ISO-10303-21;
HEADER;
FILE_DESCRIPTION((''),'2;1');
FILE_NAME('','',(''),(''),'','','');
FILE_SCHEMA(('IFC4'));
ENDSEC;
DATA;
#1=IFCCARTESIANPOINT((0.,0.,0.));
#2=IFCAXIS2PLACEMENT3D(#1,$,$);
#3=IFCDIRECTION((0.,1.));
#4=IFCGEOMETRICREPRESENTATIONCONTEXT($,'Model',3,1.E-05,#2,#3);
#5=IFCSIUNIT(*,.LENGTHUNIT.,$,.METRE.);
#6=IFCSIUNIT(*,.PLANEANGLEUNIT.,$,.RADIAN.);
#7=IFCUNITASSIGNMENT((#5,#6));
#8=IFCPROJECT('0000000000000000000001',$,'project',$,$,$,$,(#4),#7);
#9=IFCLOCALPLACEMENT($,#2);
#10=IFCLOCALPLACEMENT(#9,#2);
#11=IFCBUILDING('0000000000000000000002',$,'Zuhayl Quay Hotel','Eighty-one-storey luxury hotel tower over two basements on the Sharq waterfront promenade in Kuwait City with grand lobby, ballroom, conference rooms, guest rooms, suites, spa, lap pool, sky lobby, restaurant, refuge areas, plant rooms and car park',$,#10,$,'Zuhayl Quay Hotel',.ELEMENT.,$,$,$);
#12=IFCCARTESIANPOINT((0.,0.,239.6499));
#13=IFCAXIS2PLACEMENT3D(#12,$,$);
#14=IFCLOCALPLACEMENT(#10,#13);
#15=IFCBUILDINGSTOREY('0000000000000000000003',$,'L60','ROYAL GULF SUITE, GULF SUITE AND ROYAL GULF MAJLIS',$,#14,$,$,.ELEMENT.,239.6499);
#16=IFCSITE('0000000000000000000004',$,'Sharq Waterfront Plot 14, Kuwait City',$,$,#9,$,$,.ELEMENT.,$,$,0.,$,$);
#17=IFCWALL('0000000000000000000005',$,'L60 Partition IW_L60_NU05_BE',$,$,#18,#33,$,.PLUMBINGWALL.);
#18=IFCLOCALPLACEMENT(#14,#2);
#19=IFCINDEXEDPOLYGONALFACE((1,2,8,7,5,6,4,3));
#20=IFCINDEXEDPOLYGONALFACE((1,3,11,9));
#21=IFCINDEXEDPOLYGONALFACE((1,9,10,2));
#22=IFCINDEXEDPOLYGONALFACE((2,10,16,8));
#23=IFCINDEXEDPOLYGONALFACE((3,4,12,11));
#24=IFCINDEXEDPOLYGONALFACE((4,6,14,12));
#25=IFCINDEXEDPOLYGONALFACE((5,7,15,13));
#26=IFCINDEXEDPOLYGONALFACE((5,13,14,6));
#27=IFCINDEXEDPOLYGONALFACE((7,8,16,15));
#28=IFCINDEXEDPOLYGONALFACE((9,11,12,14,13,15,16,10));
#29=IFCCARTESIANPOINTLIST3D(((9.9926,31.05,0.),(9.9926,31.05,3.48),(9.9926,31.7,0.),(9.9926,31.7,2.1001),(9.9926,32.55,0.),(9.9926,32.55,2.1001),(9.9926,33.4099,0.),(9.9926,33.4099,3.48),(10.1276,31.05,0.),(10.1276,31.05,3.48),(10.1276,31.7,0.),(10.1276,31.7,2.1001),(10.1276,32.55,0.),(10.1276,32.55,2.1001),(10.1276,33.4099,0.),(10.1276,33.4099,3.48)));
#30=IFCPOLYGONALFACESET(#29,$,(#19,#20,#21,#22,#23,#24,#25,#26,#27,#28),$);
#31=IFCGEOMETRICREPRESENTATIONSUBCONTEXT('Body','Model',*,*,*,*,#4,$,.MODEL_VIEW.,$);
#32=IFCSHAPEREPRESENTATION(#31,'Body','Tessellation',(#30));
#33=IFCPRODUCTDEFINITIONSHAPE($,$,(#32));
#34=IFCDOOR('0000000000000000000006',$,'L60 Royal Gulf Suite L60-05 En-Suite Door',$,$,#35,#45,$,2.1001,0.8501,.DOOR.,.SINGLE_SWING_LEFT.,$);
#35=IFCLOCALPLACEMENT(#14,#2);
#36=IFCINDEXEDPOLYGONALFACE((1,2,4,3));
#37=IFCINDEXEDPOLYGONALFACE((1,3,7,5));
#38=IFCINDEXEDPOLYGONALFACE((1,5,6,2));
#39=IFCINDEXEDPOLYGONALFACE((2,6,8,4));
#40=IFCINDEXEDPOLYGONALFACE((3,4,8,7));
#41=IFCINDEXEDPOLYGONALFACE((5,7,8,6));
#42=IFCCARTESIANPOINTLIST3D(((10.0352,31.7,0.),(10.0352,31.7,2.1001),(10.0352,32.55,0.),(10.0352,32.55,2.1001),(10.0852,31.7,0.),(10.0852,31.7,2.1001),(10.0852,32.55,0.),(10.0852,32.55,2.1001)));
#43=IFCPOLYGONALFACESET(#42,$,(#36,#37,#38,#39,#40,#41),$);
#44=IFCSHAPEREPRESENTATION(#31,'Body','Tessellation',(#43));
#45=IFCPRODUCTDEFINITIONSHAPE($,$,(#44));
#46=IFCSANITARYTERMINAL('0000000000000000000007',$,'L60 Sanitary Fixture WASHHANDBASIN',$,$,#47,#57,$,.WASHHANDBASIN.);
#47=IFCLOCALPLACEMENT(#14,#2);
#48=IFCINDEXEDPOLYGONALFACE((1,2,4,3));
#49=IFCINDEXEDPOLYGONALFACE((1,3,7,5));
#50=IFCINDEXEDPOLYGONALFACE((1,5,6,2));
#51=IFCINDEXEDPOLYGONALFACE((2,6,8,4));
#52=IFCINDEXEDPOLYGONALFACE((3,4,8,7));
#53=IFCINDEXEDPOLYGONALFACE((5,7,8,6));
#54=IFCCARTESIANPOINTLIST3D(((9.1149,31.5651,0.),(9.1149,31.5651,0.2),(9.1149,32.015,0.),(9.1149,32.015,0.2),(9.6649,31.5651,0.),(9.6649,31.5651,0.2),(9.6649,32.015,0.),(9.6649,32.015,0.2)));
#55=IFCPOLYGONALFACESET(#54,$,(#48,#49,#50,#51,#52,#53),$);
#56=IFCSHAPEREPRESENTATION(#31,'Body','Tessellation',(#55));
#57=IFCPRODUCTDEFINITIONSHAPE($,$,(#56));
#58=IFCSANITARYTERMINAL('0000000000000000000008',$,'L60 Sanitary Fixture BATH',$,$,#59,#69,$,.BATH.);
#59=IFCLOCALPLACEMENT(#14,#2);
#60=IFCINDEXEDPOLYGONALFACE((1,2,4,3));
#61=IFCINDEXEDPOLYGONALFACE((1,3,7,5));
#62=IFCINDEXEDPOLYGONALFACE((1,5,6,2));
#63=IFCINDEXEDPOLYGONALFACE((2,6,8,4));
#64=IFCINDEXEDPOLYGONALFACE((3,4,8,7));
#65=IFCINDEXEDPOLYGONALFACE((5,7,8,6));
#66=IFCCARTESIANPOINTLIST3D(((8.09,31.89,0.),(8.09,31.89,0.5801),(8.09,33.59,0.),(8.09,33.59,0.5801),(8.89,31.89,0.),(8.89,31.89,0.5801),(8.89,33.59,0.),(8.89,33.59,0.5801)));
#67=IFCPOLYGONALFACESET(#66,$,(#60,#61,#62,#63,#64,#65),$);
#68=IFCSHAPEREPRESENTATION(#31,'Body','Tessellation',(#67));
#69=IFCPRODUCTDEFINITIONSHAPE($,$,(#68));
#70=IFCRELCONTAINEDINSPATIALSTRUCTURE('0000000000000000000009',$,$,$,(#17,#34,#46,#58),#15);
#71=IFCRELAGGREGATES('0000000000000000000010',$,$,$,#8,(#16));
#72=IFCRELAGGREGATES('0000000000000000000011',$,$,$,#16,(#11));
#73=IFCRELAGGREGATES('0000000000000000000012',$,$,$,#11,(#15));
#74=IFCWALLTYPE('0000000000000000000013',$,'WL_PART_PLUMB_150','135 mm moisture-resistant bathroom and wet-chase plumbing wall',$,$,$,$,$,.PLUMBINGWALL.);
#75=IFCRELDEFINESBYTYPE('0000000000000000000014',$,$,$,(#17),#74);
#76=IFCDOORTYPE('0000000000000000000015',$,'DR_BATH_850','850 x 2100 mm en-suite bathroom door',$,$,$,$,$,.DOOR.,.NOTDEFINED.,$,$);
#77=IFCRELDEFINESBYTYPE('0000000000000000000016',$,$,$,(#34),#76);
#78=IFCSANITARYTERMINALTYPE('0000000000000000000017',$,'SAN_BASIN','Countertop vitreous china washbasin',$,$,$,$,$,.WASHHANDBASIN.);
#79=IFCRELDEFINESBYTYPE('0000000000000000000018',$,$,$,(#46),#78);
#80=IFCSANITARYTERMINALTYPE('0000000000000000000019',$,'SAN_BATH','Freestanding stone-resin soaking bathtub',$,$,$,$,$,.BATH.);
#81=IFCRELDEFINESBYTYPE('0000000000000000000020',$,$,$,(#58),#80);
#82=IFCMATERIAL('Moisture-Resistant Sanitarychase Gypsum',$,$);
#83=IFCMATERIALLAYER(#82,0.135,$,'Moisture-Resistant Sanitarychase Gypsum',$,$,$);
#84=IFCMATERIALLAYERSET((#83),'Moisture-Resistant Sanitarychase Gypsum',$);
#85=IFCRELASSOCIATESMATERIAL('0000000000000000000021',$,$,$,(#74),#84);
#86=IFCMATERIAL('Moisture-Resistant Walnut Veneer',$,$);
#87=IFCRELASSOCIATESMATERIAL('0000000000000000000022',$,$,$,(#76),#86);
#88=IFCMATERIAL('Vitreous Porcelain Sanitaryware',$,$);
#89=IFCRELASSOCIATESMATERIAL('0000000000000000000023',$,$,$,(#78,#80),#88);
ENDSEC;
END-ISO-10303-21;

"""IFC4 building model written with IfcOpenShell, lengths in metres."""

from ifc_helpers import new_model, si_unit, direction, frame, frame_2d, origin, origin_2d, place, context, subcontext, project, spatial, rectangle, extrude, material, layer, layer_set, type_object, element, fill, save


model = new_model("IFC4")

# Units and contexts
model_context = context("Model", 3, precision=1e-05, world=origin(), true_north=direction((0.0, 1.0)))
body_context = subcontext(model_context, "Body", "Model", "MODEL_VIEW")
ifc_project = project(units=[si_unit("LENGTHUNIT", "METRE"), si_unit("PLANEANGLEUNIT", "RADIAN")], contexts=[model_context])

# Site, building, storey
site_placement = place(None, origin())
site = spatial("IfcSite", under=ifc_project, at=site_placement, Name="Sharq Waterfront Plot 14, Kuwait City", CompositionType="ELEMENT", RefElevation=0.0)
building_placement = place(site_placement, origin())
building = spatial("IfcBuilding", under=site, at=building_placement, Name="Zuhayl Quay Hotel", Description="Eighty-one-storey luxury hotel tower over two basements on the Sharq waterfront promenade in Kuwait City with grand lobby, ballroom, conference rooms, guest rooms, suites, spa, lap pool, sky lobby, restaurant, refuge areas, plant rooms and car park", LongName="Zuhayl Quay Hotel", CompositionType="ELEMENT")
storey_placement = place(building_placement, frame((0.0, 0.0, 239.6499)))
storey = spatial("IfcBuildingStorey", under=building, at=storey_placement, Name="L60", Description="ROYAL GULF SUITE, GULF SUITE AND ROYAL GULF MAJLIS", CompositionType="ELEMENT", Elevation=239.6499)

# Wall, opening, door
ifc_material_1 = material(Name="Moisture-Resistant Sanitarychase Gypsum")
ifc_layer_1 = layer(ifc_material_1, 0.135, Name="Moisture-Resistant Sanitarychase Gypsum")
ifc_layer_set_1 = layer_set([ifc_layer_1], Name="Moisture-Resistant Sanitarychase Gypsum")
wall_type_1 = type_object("IfcWallType", Name="WL_PART_PLUMB_150", Description="135 mm moisture-resistant bathroom and wet-chase plumbing wall", PredefinedType="PLUMBINGWALL", material=ifc_layer_set_1)
wall_1_placement = place(storey_placement, frame((10.0601, 31.05, 0.0), z_axis=(0.0, 0.0, 1.0), x_axis=(0.0, 1.0, 0.0)))
wall_1 = element("IfcWall", 1, at=wall_1_placement, inside=storey, type_object=wall_type_1, Name="L60 Partition IW_L60_NU05_BE", PredefinedType="PLUMBINGWALL", context=body_context, shape_type="SweptSolid", body=[
    extrude(rectangle(XDim=2.3599, YDim=0.135, at=frame_2d((1.1799, 0.0))), origin(), (0.0, 0.0, 1.0), 3.48),
])
opening_1_placement = place(wall_1_placement, frame((0.6499, 0.0, 0.0)))
opening_1 = element("IfcOpeningElement", 2, at=opening_1_placement, cuts=wall_1, PredefinedType="OPENING", context=body_context, shape_type="SweptSolid", body=[
    extrude(rectangle(XDim=0.8501, YDim=2.1001, at=frame_2d((0.425, 1.05))), frame((0.0, 0.0774, 0.0), z_axis=(0.0, -1.0, 0.0), x_axis=(1.0, 0.0, 0.0)), (0.0, 0.0, 1.0), 0.155),
])
ifc_material_2 = material(Name="Moisture-Resistant Walnut Veneer")
door_type = type_object("IfcDoorType", Name="DR_BATH_850", Description="850 x 2100 mm en-suite bathroom door", OperationType="NOTDEFINED", PredefinedType="DOOR", material=ifc_material_2)
door_placement = place(opening_1_placement, origin())
door = element("IfcDoor", 3, at=door_placement, inside=storey, type_object=door_type, Name="L60 Royal Gulf Suite L60-05 En-Suite Door", OperationType="SINGLE_SWING_LEFT", OverallHeight=2.1001, OverallWidth=0.8501, PredefinedType="DOOR", context=body_context, shape_type="SweptSolid", body=[
    extrude(rectangle(XDim=0.8501, YDim=2.1001, at=frame_2d((0.425, 1.05))), frame((0.0, 0.0249, 0.0), z_axis=(0.0, -1.0, 0.0), x_axis=(1.0, 0.0, 0.0)), (0.0, 0.0, 1.0), 0.05),
])
fill(opening_1, door)

# Sanitary terminals
ifc_material_3 = material(Name="Vitreous Porcelain Sanitaryware")
sanitary_terminal_type_1 = type_object("IfcSanitaryTerminalType", Name="SAN_BASIN", Description="Countertop vitreous china washbasin", PredefinedType="WASHHANDBASIN", material=ifc_material_3)
sanitary_terminal_1_placement = place(storey_placement, frame((9.3899, 31.79, 0.0), z_axis=(0.0, 0.0, 1.0), x_axis=(1.0, 0.0, 0.0)))
element("IfcSanitaryTerminal", 4, at=sanitary_terminal_1_placement, inside=storey, type_object=sanitary_terminal_type_1, Name="L60 Sanitary Fixture WASHHANDBASIN", PredefinedType="WASHHANDBASIN", context=body_context, shape_type="SweptSolid", body=[
    extrude(rectangle(XDim=0.55, YDim=0.45, at=origin_2d()), origin(), (0.0, 0.0, 1.0), 0.2),
])
sanitary_terminal_type_2 = type_object("IfcSanitaryTerminalType", Name="SAN_BATH", Description="Freestanding stone-resin soaking bathtub", PredefinedType="BATH", material=ifc_material_3)
sanitary_terminal_2_placement = place(storey_placement, frame((8.49, 32.74, 0.0), z_axis=(0.0, 0.0, 1.0), x_axis=(1.0, 0.0, 0.0)))
element("IfcSanitaryTerminal", 5, at=sanitary_terminal_2_placement, inside=storey, type_object=sanitary_terminal_type_2, Name="L60 Sanitary Fixture BATH", PredefinedType="BATH", context=body_context, shape_type="SweptSolid", body=[
    extrude(rectangle(XDim=0.8, YDim=1.7, at=origin_2d()), origin(), (0.0, 0.0, 1.0), 0.5801),
])

save(model, "model.ifc")
